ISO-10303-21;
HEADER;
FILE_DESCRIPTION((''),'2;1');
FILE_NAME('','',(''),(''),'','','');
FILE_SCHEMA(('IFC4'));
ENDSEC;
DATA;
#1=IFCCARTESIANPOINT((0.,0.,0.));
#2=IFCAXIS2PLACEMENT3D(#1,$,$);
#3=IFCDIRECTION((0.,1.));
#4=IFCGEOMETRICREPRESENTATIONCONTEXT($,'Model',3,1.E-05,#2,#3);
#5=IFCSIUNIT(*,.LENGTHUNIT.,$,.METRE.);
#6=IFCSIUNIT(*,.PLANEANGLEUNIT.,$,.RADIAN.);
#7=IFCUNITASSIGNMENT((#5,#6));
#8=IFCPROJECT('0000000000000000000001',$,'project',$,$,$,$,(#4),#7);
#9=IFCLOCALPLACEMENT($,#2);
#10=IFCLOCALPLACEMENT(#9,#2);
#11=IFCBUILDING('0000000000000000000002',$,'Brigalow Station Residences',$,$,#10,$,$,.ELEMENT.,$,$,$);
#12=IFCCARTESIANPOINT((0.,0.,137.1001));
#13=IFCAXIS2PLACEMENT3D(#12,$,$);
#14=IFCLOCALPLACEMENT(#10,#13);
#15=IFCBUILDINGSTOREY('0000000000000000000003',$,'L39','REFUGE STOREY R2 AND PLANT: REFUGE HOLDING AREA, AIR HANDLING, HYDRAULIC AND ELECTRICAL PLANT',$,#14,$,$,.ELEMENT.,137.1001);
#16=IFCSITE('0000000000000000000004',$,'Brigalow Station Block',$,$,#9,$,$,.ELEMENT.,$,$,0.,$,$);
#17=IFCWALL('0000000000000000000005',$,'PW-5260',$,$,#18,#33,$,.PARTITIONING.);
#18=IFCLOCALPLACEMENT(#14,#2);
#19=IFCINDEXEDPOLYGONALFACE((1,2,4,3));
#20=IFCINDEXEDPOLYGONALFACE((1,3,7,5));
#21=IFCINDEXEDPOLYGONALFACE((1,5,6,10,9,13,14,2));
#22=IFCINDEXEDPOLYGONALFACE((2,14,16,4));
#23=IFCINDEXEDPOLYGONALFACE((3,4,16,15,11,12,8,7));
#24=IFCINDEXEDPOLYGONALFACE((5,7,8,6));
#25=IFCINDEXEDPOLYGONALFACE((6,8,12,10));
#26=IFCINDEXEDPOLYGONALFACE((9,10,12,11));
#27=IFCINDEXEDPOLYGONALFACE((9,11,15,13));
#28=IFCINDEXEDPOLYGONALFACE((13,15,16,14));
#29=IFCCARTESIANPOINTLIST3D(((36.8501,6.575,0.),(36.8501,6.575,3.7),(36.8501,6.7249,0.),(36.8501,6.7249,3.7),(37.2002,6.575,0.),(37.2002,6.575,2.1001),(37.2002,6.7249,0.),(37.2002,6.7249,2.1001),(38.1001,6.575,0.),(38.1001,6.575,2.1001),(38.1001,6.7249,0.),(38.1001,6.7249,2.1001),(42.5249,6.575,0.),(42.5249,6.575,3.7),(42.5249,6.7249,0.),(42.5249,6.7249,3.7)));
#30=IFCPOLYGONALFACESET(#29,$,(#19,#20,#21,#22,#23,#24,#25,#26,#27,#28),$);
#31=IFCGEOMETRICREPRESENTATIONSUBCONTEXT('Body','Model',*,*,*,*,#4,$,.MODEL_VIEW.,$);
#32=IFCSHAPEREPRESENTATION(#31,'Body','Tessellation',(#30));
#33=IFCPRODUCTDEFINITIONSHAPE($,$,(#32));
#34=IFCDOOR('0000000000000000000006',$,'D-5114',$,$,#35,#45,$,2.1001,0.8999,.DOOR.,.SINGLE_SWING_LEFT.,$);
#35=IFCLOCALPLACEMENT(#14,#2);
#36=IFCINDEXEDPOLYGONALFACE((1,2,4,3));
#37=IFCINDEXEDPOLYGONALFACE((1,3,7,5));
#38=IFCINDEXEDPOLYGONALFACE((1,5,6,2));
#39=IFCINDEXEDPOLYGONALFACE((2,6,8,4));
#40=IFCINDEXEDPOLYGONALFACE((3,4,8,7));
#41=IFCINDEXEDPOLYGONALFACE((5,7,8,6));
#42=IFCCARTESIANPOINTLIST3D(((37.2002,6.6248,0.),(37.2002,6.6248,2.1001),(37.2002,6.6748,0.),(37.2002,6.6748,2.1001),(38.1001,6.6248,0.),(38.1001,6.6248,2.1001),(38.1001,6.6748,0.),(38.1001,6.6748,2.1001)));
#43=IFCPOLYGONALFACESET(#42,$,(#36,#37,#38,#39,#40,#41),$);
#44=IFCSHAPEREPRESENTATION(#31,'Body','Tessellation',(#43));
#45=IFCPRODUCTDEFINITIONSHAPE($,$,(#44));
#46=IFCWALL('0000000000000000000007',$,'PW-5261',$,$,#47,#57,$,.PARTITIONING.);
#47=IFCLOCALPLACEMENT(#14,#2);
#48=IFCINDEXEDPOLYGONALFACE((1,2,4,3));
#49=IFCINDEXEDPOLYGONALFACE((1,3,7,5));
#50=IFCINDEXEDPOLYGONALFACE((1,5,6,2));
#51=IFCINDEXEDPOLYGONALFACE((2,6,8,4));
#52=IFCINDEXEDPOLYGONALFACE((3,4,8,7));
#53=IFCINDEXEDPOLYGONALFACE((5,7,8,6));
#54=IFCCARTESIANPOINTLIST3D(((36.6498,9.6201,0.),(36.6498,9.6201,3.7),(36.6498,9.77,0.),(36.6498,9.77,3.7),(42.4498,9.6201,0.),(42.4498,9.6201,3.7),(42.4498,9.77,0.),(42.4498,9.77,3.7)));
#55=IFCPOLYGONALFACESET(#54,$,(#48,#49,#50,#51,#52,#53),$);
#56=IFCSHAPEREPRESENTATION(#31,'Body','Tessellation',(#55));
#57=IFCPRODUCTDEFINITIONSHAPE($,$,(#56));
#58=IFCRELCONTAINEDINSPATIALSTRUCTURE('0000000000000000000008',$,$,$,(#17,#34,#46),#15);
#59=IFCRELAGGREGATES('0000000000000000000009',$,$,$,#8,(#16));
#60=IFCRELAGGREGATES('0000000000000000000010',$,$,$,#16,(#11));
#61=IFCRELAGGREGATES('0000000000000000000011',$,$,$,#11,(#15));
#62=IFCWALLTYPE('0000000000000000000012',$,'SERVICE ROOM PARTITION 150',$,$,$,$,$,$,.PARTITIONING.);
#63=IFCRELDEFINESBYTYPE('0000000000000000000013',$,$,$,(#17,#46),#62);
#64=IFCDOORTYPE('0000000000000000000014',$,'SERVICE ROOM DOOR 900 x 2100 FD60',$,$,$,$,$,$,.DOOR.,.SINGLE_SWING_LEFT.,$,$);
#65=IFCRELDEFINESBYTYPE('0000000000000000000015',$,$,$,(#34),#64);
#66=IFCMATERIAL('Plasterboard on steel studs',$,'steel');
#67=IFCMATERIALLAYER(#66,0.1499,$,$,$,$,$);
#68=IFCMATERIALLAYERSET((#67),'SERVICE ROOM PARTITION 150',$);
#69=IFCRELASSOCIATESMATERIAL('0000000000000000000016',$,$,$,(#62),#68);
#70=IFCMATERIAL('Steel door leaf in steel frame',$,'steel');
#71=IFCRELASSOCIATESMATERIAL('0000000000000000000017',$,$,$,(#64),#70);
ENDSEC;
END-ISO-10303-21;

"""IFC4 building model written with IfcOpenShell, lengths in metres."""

from ifc_helpers import new_model, si_unit, direction, frame, frame_2d, origin, place, context, subcontext, project, spatial, rectangle, extrude, material, layer, layer_set, type_object, element, fill, save


model = new_model("IFC4")

# Units and contexts
model_context = context("Model", 3, precision=1e-05, world=origin(), true_north=direction((0.0, 1.0)))
body_context = subcontext(model_context, "Body", "Model", "MODEL_VIEW")
ifc_project = project(units=[si_unit("LENGTHUNIT", "METRE"), si_unit("PLANEANGLEUNIT", "RADIAN")], contexts=[model_context])

# Site, building, storey
site_placement = place(None, origin())
site = spatial("IfcSite", under=ifc_project, at=site_placement, Name="Brigalow Station Block", CompositionType="ELEMENT", RefElevation=0.0)
building_placement = place(site_placement, origin())
building = spatial("IfcBuilding", under=site, at=building_placement, Name="Brigalow Station Residences", CompositionType="ELEMENT")
storey_placement = place(building_placement, frame((0.0, 0.0, 137.1001)))
storey = spatial("IfcBuildingStorey", under=building, at=storey_placement, Name="L39", Description="REFUGE STOREY R2 AND PLANT: REFUGE HOLDING AREA, AIR HANDLING, HYDRAULIC AND ELECTRICAL PLANT", CompositionType="ELEMENT", Elevation=137.1001)

# Wall, opening, door
ifc_material_1 = material(Name="Plasterboard on steel studs", Category="steel")
ifc_layer_1 = layer(ifc_material_1, 0.1499)
ifc_layer_set_1 = layer_set([ifc_layer_1], Name="SERVICE ROOM PARTITION 150")
wall_type_1 = type_object("IfcWallType", Name="SERVICE ROOM PARTITION 150", PredefinedType="PARTITIONING", material=ifc_layer_set_1)
wall_1_placement = place(storey_placement, frame((36.8501, 6.6499, 0.0), z_axis=(0.0, 0.0, 1.0), x_axis=(1.0, 0.0, 0.0)))
wall_1 = element("IfcWall", 1, at=wall_1_placement, inside=storey, type_object=wall_type_1, Name="PW-5260", PredefinedType="PARTITIONING", context=body_context, shape_type="SweptSolid", body=[
    extrude(rectangle(XDim=5.6748, YDim=0.1499, at=frame_2d((2.8374, 0.0))), origin(), (0.0, 0.0, 1.0), 3.7),
])
opening_1_placement = place(wall_1_placement, frame((0.3501, 0.0, 0.0)))
opening_1 = element("IfcOpeningElement", 2, at=opening_1_placement, cuts=wall_1, PredefinedType="OPENING", context=body_context, shape_type="SweptSolid", body=[
    extrude(rectangle(XDim=0.8999, YDim=2.1001, at=frame_2d((0.45, 1.05))), frame((0.0, 0.085, 0.0), z_axis=(0.0, -1.0, 0.0), x_axis=(1.0, 0.0, 0.0)), (0.0, 0.0, 1.0), 0.1699),
])
ifc_material_2 = material(Name="Steel door leaf in steel frame", Category="steel")
door_type_1 = type_object("IfcDoorType", Name="SERVICE ROOM DOOR 900 x 2100 FD60", OperationType="SINGLE_SWING_LEFT", PredefinedType="DOOR", material=ifc_material_2)
door_1_placement = place(opening_1_placement, origin())
door_1 = element("IfcDoor", 3, at=door_1_placement, inside=storey, type_object=door_type_1, Name="D-5114", OperationType="SINGLE_SWING_LEFT", OverallHeight=2.1001, OverallWidth=0.8999, PredefinedType="DOOR", context=body_context, shape_type="SweptSolid", body=[
    extrude(rectangle(XDim=0.8999, YDim=2.1001, at=frame_2d((0.45, 1.05))), frame((0.0, 0.0249, 0.0), z_axis=(0.0, -1.0, 0.0), x_axis=(1.0, 0.0, 0.0)), (0.0, 0.0, 1.0), 0.05),
])
fill(opening_1, door_1)

# Wall
wall_2_placement = place(storey_placement, frame((36.6499, 9.6951, 0.0), z_axis=(0.0, 0.0, 1.0), x_axis=(1.0, 0.0, 0.0)))
element("IfcWall", 4, at=wall_2_placement, inside=storey, type_object=wall_type_1, Name="PW-5261", PredefinedType="PARTITIONING", context=body_context, shape_type="SweptSolid", body=[
    extrude(rectangle(XDim=5.8, YDim=0.1499, at=frame_2d((2.8999, 0.0))), origin(), (0.0, 0.0, 1.0), 3.7),
])

save(model, "model.ifc")
